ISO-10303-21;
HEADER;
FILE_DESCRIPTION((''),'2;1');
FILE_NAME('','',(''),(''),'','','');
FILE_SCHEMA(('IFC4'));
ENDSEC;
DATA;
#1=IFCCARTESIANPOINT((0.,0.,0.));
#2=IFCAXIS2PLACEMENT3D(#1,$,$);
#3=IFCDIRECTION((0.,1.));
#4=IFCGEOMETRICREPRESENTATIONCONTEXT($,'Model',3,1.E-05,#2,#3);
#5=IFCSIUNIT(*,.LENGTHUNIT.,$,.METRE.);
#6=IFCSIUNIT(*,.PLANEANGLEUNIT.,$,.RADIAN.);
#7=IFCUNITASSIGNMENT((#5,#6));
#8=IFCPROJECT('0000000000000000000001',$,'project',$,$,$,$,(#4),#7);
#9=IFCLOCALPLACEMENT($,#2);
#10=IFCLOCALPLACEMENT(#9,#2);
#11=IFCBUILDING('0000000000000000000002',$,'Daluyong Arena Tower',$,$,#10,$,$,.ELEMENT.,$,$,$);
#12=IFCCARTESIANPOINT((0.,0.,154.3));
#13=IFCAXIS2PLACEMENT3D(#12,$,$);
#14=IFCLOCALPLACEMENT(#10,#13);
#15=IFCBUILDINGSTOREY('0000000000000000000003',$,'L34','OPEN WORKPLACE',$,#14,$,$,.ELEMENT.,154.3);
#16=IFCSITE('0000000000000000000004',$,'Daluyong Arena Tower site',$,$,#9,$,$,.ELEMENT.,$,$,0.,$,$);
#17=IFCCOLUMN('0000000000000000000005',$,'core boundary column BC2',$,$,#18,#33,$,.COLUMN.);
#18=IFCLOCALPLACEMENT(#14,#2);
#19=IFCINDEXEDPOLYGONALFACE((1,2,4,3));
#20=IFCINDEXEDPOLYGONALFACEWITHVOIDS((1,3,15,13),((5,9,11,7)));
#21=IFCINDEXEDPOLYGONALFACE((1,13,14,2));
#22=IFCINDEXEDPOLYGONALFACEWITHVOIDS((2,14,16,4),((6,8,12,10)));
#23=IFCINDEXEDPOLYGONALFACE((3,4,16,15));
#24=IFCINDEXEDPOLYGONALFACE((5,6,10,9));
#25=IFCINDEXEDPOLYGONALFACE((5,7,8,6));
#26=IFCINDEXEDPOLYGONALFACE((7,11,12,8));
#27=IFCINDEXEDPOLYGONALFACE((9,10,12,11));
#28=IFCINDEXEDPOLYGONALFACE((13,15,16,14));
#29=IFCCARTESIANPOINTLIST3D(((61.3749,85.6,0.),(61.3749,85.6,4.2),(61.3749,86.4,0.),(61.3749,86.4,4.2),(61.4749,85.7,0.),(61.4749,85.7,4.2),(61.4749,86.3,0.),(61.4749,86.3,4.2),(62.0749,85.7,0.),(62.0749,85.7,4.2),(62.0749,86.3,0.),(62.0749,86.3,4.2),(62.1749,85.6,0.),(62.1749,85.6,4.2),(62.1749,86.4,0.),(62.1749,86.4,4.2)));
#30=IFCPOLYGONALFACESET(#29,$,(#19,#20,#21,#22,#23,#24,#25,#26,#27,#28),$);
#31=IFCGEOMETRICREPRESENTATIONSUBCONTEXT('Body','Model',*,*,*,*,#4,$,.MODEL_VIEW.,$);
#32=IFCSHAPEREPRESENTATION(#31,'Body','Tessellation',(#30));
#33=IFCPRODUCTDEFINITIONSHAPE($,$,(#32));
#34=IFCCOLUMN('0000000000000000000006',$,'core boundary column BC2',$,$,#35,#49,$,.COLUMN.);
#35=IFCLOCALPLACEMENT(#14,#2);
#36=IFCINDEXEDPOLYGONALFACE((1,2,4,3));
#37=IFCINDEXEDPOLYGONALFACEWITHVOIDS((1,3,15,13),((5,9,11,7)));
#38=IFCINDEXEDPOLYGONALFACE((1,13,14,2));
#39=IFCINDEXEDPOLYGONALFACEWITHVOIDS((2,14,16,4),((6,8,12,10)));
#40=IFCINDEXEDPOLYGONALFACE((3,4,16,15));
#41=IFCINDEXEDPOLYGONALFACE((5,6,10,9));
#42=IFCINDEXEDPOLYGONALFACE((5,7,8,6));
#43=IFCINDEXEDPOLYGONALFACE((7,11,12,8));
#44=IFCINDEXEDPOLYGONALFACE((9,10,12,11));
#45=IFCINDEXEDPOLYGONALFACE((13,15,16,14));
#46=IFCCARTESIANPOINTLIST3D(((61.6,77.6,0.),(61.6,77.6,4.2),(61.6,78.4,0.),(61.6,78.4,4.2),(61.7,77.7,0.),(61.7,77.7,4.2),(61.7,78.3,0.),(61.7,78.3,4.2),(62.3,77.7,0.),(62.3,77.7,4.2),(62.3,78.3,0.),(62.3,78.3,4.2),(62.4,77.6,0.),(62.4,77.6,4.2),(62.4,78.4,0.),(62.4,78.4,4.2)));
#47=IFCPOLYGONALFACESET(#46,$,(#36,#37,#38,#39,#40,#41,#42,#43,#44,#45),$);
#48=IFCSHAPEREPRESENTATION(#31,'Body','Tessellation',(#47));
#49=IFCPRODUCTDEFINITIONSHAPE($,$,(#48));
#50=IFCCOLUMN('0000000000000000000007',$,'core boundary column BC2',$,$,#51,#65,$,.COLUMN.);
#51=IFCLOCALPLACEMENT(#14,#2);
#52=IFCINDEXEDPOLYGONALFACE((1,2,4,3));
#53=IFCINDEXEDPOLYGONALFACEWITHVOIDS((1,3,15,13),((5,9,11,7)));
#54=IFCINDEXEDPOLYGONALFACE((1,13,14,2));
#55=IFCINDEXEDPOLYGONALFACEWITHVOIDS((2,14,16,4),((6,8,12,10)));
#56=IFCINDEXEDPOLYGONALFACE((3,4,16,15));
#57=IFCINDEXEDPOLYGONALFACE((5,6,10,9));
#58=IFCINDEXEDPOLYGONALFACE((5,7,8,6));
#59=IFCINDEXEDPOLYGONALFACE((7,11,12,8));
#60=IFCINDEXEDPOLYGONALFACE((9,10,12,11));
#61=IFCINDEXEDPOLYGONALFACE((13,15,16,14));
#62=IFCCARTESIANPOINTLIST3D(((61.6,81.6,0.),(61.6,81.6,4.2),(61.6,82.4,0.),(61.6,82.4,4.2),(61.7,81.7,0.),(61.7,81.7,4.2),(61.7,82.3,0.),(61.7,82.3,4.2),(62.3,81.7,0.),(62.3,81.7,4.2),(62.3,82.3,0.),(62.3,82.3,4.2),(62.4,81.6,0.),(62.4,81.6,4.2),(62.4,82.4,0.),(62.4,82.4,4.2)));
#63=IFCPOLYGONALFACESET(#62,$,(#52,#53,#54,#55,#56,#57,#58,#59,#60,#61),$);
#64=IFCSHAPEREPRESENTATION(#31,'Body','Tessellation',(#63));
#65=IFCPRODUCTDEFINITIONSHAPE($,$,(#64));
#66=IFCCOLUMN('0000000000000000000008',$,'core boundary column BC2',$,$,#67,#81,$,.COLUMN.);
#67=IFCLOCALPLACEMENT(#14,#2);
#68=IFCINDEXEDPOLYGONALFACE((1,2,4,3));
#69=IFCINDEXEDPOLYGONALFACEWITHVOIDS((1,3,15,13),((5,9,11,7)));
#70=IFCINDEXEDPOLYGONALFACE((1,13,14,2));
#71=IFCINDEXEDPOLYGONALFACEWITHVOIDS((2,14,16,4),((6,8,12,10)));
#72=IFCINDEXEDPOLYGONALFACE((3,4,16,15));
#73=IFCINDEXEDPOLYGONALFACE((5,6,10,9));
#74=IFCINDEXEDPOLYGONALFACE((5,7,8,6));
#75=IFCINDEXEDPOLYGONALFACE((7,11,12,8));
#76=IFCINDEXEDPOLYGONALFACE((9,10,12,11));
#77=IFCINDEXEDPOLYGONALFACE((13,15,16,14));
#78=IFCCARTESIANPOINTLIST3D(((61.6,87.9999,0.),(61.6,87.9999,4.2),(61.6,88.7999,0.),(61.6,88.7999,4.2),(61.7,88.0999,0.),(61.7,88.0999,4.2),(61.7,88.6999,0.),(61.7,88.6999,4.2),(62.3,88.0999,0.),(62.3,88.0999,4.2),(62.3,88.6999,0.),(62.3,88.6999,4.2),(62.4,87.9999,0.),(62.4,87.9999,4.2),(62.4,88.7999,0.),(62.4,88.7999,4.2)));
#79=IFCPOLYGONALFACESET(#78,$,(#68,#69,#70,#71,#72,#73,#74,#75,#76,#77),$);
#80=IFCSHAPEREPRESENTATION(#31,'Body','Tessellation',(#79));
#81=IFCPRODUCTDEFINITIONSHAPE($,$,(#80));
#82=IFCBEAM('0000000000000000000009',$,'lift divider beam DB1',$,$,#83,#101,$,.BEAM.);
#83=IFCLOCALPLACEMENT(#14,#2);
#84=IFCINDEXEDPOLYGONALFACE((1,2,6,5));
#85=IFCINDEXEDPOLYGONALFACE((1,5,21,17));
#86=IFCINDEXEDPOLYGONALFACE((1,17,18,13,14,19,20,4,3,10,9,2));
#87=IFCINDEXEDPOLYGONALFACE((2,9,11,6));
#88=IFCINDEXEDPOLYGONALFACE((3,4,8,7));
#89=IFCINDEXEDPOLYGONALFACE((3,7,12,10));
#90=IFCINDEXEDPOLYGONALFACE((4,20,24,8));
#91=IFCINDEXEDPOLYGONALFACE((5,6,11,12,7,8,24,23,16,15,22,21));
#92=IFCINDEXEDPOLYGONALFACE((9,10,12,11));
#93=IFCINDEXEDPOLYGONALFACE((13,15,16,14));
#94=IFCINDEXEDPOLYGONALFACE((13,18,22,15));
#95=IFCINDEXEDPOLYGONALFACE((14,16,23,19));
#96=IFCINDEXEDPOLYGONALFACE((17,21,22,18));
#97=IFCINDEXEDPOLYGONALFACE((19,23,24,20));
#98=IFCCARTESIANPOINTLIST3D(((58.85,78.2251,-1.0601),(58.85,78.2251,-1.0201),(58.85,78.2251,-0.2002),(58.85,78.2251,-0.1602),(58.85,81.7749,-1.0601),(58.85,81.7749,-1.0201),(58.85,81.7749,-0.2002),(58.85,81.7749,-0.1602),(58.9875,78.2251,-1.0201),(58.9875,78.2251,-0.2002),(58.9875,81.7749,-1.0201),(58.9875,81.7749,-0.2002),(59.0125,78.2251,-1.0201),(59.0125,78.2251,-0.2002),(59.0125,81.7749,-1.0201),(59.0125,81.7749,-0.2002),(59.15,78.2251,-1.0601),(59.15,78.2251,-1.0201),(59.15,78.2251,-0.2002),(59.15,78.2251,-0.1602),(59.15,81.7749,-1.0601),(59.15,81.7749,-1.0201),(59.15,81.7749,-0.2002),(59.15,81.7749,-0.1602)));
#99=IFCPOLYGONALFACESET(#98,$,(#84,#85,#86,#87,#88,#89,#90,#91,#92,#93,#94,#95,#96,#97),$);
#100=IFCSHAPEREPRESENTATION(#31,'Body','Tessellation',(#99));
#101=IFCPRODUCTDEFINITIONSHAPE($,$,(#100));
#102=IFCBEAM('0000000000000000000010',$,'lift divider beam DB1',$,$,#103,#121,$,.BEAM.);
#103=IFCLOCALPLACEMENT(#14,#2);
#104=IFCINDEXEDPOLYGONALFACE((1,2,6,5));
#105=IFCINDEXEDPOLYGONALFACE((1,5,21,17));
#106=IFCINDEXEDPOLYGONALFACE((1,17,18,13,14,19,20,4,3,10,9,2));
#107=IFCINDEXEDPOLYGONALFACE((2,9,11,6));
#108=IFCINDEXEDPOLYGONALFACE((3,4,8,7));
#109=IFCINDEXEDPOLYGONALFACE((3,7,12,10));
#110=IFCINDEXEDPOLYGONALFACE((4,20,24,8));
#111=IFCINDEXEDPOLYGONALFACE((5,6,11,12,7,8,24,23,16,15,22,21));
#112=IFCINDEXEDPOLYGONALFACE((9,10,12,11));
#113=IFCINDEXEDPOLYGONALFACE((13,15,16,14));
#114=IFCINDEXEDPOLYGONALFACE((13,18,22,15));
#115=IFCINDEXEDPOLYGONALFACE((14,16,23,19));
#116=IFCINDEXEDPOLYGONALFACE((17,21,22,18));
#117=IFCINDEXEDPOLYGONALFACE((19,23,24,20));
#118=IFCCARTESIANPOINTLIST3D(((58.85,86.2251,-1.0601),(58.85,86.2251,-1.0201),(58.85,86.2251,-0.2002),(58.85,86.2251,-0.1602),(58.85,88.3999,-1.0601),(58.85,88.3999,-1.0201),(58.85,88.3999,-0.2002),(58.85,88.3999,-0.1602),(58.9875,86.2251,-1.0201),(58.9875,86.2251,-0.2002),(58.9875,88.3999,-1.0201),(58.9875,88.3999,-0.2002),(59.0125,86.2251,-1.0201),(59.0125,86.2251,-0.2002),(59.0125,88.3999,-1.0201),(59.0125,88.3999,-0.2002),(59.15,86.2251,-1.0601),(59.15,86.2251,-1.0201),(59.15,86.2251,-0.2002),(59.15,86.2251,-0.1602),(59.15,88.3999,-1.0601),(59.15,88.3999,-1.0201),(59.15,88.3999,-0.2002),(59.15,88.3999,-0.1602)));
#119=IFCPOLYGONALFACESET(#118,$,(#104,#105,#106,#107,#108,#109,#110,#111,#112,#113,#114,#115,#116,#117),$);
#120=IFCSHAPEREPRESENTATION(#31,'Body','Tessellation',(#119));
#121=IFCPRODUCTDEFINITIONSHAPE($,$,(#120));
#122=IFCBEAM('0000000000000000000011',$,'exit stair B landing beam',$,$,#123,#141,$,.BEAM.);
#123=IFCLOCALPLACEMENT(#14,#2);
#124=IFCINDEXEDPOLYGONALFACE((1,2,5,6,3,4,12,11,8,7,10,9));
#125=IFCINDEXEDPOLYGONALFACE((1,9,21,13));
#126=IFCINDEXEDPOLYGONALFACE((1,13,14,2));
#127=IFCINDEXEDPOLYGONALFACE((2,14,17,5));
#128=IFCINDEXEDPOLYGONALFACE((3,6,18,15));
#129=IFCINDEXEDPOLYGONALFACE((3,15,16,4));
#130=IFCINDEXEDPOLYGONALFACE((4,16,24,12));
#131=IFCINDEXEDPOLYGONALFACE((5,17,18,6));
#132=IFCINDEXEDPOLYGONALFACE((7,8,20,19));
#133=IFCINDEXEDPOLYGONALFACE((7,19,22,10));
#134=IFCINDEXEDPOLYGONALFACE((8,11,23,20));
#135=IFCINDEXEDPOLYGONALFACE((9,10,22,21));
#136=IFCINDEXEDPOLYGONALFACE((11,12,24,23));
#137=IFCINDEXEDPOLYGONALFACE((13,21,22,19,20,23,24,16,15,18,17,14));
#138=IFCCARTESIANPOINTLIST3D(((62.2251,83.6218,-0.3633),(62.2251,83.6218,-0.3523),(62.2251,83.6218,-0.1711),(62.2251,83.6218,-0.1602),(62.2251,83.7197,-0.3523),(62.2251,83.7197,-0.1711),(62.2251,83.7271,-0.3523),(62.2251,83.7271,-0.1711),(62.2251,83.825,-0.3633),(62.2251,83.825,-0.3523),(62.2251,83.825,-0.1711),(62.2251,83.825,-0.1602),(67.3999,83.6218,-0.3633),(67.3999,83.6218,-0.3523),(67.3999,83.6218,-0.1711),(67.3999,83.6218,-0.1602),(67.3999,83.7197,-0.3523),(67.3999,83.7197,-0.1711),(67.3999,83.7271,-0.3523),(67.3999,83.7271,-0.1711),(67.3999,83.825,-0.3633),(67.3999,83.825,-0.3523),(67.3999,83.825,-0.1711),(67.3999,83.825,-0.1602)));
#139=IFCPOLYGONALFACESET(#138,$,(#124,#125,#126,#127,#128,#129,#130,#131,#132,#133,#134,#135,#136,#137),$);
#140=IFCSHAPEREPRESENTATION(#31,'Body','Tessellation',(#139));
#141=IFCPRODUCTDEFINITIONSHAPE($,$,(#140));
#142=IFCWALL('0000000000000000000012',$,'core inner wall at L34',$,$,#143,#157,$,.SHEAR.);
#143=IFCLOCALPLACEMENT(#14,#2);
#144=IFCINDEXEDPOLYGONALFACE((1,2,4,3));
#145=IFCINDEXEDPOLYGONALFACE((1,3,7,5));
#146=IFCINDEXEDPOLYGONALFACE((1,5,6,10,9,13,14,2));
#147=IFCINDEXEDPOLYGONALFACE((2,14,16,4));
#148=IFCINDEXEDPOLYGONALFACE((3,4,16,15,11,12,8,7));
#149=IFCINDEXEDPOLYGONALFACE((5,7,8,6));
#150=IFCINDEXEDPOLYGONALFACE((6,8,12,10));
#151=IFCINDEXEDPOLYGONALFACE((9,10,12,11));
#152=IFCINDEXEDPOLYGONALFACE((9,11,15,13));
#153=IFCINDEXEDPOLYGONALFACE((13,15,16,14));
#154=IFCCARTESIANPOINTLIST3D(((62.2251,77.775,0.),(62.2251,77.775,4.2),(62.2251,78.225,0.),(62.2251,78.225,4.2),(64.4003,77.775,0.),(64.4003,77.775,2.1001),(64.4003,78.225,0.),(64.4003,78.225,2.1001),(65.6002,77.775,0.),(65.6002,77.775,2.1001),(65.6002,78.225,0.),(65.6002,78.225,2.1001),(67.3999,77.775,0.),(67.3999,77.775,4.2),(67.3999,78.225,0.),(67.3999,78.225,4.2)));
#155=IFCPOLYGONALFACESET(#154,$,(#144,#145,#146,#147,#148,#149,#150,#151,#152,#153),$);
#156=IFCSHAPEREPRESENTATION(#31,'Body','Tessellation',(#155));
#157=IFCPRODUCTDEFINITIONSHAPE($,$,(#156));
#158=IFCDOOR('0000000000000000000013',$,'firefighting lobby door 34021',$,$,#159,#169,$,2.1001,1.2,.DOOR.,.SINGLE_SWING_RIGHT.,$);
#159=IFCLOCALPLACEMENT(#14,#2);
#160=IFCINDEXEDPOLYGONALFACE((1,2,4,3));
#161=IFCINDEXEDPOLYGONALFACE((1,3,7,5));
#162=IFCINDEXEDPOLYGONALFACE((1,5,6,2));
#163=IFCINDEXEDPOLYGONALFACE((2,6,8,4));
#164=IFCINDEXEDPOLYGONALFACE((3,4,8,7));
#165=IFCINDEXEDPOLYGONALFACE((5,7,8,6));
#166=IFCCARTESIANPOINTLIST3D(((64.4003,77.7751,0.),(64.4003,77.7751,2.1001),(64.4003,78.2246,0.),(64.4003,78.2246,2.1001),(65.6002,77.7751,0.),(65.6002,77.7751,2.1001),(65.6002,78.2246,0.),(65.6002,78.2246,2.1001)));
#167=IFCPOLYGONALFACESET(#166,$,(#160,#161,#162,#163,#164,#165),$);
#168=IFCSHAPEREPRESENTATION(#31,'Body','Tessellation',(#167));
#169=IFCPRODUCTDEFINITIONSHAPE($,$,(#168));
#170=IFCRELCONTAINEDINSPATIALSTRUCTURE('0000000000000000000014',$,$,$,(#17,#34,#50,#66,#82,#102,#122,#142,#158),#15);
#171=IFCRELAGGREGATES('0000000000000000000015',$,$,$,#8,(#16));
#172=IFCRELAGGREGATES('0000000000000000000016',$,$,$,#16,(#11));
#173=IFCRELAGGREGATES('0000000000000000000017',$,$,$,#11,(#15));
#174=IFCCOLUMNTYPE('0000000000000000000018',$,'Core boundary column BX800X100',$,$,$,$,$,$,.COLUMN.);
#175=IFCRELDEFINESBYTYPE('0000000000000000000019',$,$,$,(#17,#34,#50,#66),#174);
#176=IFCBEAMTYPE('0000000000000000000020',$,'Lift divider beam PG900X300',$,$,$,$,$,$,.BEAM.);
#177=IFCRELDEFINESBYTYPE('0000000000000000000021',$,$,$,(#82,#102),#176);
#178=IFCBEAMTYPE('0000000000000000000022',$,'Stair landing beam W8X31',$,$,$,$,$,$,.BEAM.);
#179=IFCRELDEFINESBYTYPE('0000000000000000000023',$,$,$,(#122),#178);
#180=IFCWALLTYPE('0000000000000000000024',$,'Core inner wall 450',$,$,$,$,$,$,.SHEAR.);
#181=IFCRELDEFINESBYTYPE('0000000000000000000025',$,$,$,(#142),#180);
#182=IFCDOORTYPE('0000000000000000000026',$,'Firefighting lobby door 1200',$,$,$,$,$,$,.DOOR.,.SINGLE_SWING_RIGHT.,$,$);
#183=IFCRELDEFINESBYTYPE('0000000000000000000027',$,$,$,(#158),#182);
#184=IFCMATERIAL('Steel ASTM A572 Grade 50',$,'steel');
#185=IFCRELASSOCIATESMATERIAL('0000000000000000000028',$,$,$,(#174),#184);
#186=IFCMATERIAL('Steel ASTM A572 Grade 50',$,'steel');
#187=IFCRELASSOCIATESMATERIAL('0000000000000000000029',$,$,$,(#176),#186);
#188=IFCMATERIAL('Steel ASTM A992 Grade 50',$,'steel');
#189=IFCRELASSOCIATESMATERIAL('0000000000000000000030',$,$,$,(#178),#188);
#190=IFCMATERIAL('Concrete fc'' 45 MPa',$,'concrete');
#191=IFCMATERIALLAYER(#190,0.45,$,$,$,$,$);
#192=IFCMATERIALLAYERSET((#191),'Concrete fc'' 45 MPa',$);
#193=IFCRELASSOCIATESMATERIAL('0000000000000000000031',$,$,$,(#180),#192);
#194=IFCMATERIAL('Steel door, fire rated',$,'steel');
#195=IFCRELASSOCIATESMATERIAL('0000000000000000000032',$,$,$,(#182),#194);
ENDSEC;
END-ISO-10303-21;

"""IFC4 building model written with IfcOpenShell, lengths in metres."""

from ifc_helpers import new_model, si_unit, direction, frame, frame_2d, origin, origin_2d, place, context, subcontext, project, spatial, rectangle, hollow_rectangle, i_section, extrude, material, layer, layer_set, material_profile, profile_set, type_object, element, fill, save


model = new_model("IFC4")

# Units and contexts
model_context = context("Model", 3, precision=1e-05, world=origin(), true_north=direction((0.0, 1.0)))
body_context = subcontext(model_context, "Body", "Model", "MODEL_VIEW")
ifc_project = project(units=[si_unit("LENGTHUNIT", "METRE"), si_unit("PLANEANGLEUNIT", "RADIAN")], contexts=[model_context])

# Site, building, storey
site_placement = place(None, origin())
site = spatial("IfcSite", under=ifc_project, at=site_placement, Name="Daluyong Arena Tower site", CompositionType="ELEMENT", RefElevation=0.0)
building_placement = place(site_placement, origin())
building = spatial("IfcBuilding", under=site, at=building_placement, Name="Daluyong Arena Tower", CompositionType="ELEMENT")
storey_placement = place(building_placement, frame((0.0, 0.0, 154.3)))
storey = spatial("IfcBuildingStorey", under=building, at=storey_placement, Name="L34", Description="OPEN WORKPLACE", CompositionType="ELEMENT", Elevation=154.3)

# Columns
ifc_material_1 = material(Name="Steel ASTM A572 Grade 50", Category="steel")
ifc_material_profile_1 = material_profile(ifc_material_1, hollow_rectangle(XDim=0.8, YDim=0.8, WallThickness=0.1, at=origin_2d()))
ifc_profile_set_1 = profile_set([ifc_material_profile_1], Name="Steel ASTM A572 Grade 50")
column_type = type_object("IfcColumnType", Name="Core boundary column BX800X100", PredefinedType="COLUMN", material=ifc_profile_set_1)
for number, where, z_axis, x_axis, name in (
    (1, (61.7749, 86.0, 0.0), (0.0, 0.0, 1.0), (1.0, 0.0, 0.0), "core boundary column BC2"),
    (2, (62.0, 78.0, 0.0), (0.0, 0.0, 1.0), (1.0, 0.0, 0.0), "core boundary column BC2"),
    (3, (62.0, 82.0, 0.0), (0.0, 0.0, 1.0), (1.0, 0.0, 0.0), "core boundary column BC2"),
    (4, (62.0, 88.3999, 0.0), (0.0, 0.0, 1.0), (1.0, 0.0, 0.0), "core boundary column BC2"),
):
    element("IfcColumn", number, at=place(storey_placement, frame(where, z_axis=z_axis, x_axis=x_axis)), inside=storey, type_object=column_type, Name=name, PredefinedType="COLUMN", context=body_context, shape_type="SweptSolid", body=[
        extrude(hollow_rectangle(XDim=0.8, YDim=0.8, WallThickness=0.1, at=origin_2d()), origin(), (0.0, 0.0, 1.0), 4.2),
    ])

# Beams
ifc_material_2 = material(Name="Steel ASTM A572 Grade 50", Category="steel")
ifc_material_profile_2 = material_profile(ifc_material_2, i_section(OverallWidth=0.3, OverallDepth=0.8999, WebThickness=0.025, FlangeThickness=0.04, at=origin_2d()))
ifc_profile_set_2 = profile_set([ifc_material_profile_2], Name="Steel ASTM A572 Grade 50")
beam_type_1 = type_object("IfcBeamType", Name="Lift divider beam PG900X300", PredefinedType="BEAM", material=ifc_profile_set_2)
beam_1_placement = place(storey_placement, frame((59.0, 78.2251, -0.6101), z_axis=(0.0, 1.0, 0.0), x_axis=(-1.0, 0.0, 0.0)))
element("IfcBeam", 5, at=beam_1_placement, inside=storey, type_object=beam_type_1, Name="lift divider beam DB1", PredefinedType="BEAM", context=body_context, shape_type="SweptSolid", body=[
    extrude(i_section(OverallWidth=0.3, OverallDepth=0.8999, WebThickness=0.025, FlangeThickness=0.04, at=origin_2d()), origin(), (0.0, 0.0, 1.0), 3.5498),
])
beam_2_placement = place(storey_placement, frame((59.0, 86.2251, -0.6101), z_axis=(0.0, 1.0, 0.0), x_axis=(-1.0, 0.0, 0.0)))
element("IfcBeam", 6, at=beam_2_placement, inside=storey, type_object=beam_type_1, Name="lift divider beam DB1", PredefinedType="BEAM", context=body_context, shape_type="SweptSolid", body=[
    extrude(i_section(OverallWidth=0.3, OverallDepth=0.8999, WebThickness=0.025, FlangeThickness=0.04, at=origin_2d()), origin(), (0.0, 0.0, 1.0), 2.1748),
])
ifc_material_3 = material(Name="Steel ASTM A992 Grade 50", Category="steel")
ifc_material_profile_3 = material_profile(ifc_material_3, i_section(OverallWidth=0.2031, OverallDepth=0.2031, WebThickness=0.0073, FlangeThickness=0.011, at=origin_2d()))
ifc_profile_set_3 = profile_set([ifc_material_profile_3], Name="Steel ASTM A992 Grade 50")
beam_type_2 = type_object("IfcBeamType", Name="Stair landing beam W8X31", PredefinedType="BEAM", material=ifc_profile_set_3)
beam_3_placement = place(storey_placement, frame((62.2251, 83.7234, -0.2617), z_axis=(1.0, 0.0, 0.0), x_axis=(0.0, 1.0, 0.0)))
element("IfcBeam", 7, at=beam_3_placement, inside=storey, type_object=beam_type_2, Name="exit stair B landing beam", PredefinedType="BEAM", context=body_context, shape_type="SweptSolid", body=[
    extrude(i_section(OverallWidth=0.2031, OverallDepth=0.2031, WebThickness=0.0073, FlangeThickness=0.011, at=origin_2d()), origin(), (0.0, 0.0, 1.0), 5.1748),
])

# Wall, opening, door
ifc_material_4 = material(Name="Concrete fc' 45 MPa", Category="concrete")
ifc_layer_1 = layer(ifc_material_4, 0.45)
ifc_layer_set_1 = layer_set([ifc_layer_1], Name="Concrete fc' 45 MPa")
wall_type_1 = type_object("IfcWallType", Name="Core inner wall 450", PredefinedType="SHEAR", material=ifc_layer_set_1)
wall_1_placement = place(storey_placement, frame((62.2251, 78.0, 0.0), z_axis=(0.0, 0.0, 1.0), x_axis=(1.0, 0.0, 0.0)))
wall_1 = element("IfcWall", 8, at=wall_1_placement, inside=storey, type_object=wall_type_1, Name="core inner wall at L34", PredefinedType="SHEAR", context=body_context, shape_type="SweptSolid", body=[
    extrude(rectangle(XDim=5.1748, YDim=0.45, at=frame_2d((2.5874, 0.0))), origin(), (0.0, 0.0, 1.0), 4.2),
])
opening_1_placement = place(wall_1_placement, frame((2.175, 0.0, 0.0)))
opening_1 = element("IfcOpeningElement", 9, at=opening_1_placement, cuts=wall_1, PredefinedType="OPENING", context=body_context, shape_type="SweptSolid", body=[
    extrude(rectangle(XDim=1.2, YDim=2.1001, at=frame_2d((0.6001, 1.05))), frame((0.0, 0.2349, 0.0), z_axis=(0.0, -1.0, 0.0), x_axis=(1.0, 0.0, 0.0)), (0.0, 0.0, 1.0), 0.47),
])
ifc_material_5 = material(Name="Steel door, fire rated", Category="steel")
door_type_1 = type_object("IfcDoorType", Name="Firefighting lobby door 1200", OperationType="SINGLE_SWING_RIGHT", PredefinedType="DOOR", material=ifc_material_5)
door_1_placement = place(opening_1_placement, origin())
door_1 = element("IfcDoor", 10, at=door_1_placement, inside=storey, type_object=door_type_1, Name="firefighting lobby door 34021", OperationType="SINGLE_SWING_RIGHT", OverallHeight=2.1001, OverallWidth=1.2, PredefinedType="DOOR", context=body_context, shape_type="SweptSolid", body=[
    extrude(rectangle(XDim=1.2, YDim=2.1001, at=frame_2d((0.6001, 1.05))), frame((0.0, 0.2246, 0.0), z_axis=(0.0, -1.0, 0.0), x_axis=(1.0, 0.0, 0.0)), (0.0, 0.0, 1.0), 0.4495),
])
fill(opening_1, door_1)

save(model, "model.ifc")
